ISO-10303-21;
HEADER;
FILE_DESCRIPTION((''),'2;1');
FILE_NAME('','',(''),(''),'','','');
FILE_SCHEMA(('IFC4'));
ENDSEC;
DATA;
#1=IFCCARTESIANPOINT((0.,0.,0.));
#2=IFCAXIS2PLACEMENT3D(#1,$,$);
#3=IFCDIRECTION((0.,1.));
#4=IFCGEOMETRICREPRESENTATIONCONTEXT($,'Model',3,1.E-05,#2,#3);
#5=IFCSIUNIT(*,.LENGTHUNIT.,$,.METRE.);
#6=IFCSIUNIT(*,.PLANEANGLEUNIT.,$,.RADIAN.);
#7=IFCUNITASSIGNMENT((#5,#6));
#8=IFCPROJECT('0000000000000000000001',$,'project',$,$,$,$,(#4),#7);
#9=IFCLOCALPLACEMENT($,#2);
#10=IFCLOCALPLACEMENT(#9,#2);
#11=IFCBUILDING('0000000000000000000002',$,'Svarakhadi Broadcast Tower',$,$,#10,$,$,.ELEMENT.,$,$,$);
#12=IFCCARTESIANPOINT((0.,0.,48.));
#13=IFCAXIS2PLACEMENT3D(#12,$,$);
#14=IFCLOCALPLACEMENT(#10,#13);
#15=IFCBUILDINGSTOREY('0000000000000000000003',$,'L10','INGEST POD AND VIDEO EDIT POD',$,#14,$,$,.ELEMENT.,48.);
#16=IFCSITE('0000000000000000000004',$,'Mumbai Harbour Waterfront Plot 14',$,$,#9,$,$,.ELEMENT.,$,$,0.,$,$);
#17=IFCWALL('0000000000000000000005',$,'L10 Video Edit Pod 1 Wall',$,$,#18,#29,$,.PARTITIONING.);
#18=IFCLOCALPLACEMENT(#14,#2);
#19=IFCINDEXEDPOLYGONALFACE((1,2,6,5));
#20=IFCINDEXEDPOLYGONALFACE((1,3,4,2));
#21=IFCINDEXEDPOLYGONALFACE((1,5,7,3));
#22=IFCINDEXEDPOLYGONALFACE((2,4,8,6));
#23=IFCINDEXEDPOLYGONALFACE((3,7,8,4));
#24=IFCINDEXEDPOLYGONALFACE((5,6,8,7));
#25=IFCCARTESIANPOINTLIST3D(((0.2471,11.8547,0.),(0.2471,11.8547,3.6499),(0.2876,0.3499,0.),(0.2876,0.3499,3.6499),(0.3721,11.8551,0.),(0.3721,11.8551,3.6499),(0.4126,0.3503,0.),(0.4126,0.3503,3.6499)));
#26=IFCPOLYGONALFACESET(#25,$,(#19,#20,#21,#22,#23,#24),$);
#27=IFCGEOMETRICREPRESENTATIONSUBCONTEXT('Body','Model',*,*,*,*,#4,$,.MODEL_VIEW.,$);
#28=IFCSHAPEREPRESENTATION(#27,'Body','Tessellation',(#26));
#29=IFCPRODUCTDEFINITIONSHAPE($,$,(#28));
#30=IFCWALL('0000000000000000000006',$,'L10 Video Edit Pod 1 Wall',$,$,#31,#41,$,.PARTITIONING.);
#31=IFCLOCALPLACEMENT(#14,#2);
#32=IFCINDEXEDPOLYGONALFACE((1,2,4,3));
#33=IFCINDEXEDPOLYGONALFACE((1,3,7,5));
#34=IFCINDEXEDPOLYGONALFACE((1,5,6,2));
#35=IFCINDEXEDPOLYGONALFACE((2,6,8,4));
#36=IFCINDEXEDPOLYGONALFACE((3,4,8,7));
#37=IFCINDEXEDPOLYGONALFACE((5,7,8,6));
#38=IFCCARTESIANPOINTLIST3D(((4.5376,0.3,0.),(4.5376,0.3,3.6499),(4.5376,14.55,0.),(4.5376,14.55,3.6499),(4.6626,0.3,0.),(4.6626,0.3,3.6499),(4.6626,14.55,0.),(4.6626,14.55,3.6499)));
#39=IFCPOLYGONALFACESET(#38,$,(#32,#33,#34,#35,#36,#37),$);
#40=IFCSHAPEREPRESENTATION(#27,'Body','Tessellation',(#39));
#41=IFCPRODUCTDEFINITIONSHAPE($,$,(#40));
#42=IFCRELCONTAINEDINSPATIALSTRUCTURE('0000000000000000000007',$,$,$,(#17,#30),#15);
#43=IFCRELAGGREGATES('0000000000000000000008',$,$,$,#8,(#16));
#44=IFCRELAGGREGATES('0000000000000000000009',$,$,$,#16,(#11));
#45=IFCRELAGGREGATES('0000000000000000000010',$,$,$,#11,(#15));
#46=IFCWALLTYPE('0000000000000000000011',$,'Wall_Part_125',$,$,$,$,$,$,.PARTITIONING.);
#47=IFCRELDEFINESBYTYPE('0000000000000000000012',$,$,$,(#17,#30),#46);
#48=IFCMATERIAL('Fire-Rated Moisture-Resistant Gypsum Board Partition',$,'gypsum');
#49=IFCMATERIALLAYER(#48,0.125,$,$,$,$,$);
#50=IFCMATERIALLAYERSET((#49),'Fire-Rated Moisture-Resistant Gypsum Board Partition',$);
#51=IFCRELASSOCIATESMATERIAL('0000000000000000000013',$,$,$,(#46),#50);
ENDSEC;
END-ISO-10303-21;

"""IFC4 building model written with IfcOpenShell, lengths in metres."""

from ifc_helpers import new_model, si_unit, direction, frame, frame_2d, origin, place, context, subcontext, project, spatial, rectangle, extrude, material, layer, layer_set, type_object, element, save


model = new_model("IFC4")

# Units and contexts
model_context = context("Model", 3, precision=1e-05, world=origin(), true_north=direction((0.0, 1.0)))
body_context = subcontext(model_context, "Body", "Model", "MODEL_VIEW")
ifc_project = project(units=[si_unit("LENGTHUNIT", "METRE"), si_unit("PLANEANGLEUNIT", "RADIAN")], contexts=[model_context])

# Site, building, storey
site_placement = place(None, origin())
site = spatial("IfcSite", under=ifc_project, at=site_placement, Name="Mumbai Harbour Waterfront Plot 14", CompositionType="ELEMENT", RefElevation=0.0)
building_placement = place(site_placement, origin())
building = spatial("IfcBuilding", under=site, at=building_placement, Name="Svarakhadi Broadcast Tower", CompositionType="ELEMENT")
storey_placement = place(building_placement, frame((0.0, 0.0, 48.0)))
storey = spatial("IfcBuildingStorey", under=building, at=storey_placement, Name="L10", Description="INGEST POD AND VIDEO EDIT POD", CompositionType="ELEMENT", Elevation=48.0)

# Walls
ifc_material_1 = material(Name="Fire-Rated Moisture-Resistant Gypsum Board Partition", Category="gypsum")
ifc_layer_1 = layer(ifc_material_1, 0.125)
ifc_layer_set_1 = layer_set([ifc_layer_1], Name="Fire-Rated Moisture-Resistant Gypsum Board Partition")
wall_type = type_object("IfcWallType", Name="Wall_Part_125", PredefinedType="PARTITIONING", material=ifc_layer_set_1)
wall_1_placement = place(storey_placement, frame((0.3501, 0.3501, 0.0), z_axis=(0.0, 0.0, 1.0), x_axis=(-0.003523, 0.999994, 0.0)))
element("IfcWall", 1, at=wall_1_placement, inside=storey, type_object=wall_type, Name="L10 Video Edit Pod 1 Wall", PredefinedType="PARTITIONING", context=body_context, shape_type="SweptSolid", body=[
    extrude(rectangle(XDim=11.5049, YDim=0.125, at=frame_2d((5.7524, 0.0))), origin(), (0.0, 0.0, 1.0), 3.6499),
])
wall_2_placement = place(storey_placement, frame((4.6001, 0.3, 0.0), z_axis=(0.0, 0.0, 1.0), x_axis=(0.0, 1.0, 0.0)))
element("IfcWall", 2, at=wall_2_placement, inside=storey, type_object=wall_type, Name="L10 Video Edit Pod 1 Wall", PredefinedType="PARTITIONING", context=body_context, shape_type="SweptSolid", body=[
    extrude(rectangle(XDim=14.25, YDim=0.125, at=frame_2d((7.125, 0.0))), origin(), (0.0, 0.0, 1.0), 3.6499),
])

save(model, "model.ifc")
